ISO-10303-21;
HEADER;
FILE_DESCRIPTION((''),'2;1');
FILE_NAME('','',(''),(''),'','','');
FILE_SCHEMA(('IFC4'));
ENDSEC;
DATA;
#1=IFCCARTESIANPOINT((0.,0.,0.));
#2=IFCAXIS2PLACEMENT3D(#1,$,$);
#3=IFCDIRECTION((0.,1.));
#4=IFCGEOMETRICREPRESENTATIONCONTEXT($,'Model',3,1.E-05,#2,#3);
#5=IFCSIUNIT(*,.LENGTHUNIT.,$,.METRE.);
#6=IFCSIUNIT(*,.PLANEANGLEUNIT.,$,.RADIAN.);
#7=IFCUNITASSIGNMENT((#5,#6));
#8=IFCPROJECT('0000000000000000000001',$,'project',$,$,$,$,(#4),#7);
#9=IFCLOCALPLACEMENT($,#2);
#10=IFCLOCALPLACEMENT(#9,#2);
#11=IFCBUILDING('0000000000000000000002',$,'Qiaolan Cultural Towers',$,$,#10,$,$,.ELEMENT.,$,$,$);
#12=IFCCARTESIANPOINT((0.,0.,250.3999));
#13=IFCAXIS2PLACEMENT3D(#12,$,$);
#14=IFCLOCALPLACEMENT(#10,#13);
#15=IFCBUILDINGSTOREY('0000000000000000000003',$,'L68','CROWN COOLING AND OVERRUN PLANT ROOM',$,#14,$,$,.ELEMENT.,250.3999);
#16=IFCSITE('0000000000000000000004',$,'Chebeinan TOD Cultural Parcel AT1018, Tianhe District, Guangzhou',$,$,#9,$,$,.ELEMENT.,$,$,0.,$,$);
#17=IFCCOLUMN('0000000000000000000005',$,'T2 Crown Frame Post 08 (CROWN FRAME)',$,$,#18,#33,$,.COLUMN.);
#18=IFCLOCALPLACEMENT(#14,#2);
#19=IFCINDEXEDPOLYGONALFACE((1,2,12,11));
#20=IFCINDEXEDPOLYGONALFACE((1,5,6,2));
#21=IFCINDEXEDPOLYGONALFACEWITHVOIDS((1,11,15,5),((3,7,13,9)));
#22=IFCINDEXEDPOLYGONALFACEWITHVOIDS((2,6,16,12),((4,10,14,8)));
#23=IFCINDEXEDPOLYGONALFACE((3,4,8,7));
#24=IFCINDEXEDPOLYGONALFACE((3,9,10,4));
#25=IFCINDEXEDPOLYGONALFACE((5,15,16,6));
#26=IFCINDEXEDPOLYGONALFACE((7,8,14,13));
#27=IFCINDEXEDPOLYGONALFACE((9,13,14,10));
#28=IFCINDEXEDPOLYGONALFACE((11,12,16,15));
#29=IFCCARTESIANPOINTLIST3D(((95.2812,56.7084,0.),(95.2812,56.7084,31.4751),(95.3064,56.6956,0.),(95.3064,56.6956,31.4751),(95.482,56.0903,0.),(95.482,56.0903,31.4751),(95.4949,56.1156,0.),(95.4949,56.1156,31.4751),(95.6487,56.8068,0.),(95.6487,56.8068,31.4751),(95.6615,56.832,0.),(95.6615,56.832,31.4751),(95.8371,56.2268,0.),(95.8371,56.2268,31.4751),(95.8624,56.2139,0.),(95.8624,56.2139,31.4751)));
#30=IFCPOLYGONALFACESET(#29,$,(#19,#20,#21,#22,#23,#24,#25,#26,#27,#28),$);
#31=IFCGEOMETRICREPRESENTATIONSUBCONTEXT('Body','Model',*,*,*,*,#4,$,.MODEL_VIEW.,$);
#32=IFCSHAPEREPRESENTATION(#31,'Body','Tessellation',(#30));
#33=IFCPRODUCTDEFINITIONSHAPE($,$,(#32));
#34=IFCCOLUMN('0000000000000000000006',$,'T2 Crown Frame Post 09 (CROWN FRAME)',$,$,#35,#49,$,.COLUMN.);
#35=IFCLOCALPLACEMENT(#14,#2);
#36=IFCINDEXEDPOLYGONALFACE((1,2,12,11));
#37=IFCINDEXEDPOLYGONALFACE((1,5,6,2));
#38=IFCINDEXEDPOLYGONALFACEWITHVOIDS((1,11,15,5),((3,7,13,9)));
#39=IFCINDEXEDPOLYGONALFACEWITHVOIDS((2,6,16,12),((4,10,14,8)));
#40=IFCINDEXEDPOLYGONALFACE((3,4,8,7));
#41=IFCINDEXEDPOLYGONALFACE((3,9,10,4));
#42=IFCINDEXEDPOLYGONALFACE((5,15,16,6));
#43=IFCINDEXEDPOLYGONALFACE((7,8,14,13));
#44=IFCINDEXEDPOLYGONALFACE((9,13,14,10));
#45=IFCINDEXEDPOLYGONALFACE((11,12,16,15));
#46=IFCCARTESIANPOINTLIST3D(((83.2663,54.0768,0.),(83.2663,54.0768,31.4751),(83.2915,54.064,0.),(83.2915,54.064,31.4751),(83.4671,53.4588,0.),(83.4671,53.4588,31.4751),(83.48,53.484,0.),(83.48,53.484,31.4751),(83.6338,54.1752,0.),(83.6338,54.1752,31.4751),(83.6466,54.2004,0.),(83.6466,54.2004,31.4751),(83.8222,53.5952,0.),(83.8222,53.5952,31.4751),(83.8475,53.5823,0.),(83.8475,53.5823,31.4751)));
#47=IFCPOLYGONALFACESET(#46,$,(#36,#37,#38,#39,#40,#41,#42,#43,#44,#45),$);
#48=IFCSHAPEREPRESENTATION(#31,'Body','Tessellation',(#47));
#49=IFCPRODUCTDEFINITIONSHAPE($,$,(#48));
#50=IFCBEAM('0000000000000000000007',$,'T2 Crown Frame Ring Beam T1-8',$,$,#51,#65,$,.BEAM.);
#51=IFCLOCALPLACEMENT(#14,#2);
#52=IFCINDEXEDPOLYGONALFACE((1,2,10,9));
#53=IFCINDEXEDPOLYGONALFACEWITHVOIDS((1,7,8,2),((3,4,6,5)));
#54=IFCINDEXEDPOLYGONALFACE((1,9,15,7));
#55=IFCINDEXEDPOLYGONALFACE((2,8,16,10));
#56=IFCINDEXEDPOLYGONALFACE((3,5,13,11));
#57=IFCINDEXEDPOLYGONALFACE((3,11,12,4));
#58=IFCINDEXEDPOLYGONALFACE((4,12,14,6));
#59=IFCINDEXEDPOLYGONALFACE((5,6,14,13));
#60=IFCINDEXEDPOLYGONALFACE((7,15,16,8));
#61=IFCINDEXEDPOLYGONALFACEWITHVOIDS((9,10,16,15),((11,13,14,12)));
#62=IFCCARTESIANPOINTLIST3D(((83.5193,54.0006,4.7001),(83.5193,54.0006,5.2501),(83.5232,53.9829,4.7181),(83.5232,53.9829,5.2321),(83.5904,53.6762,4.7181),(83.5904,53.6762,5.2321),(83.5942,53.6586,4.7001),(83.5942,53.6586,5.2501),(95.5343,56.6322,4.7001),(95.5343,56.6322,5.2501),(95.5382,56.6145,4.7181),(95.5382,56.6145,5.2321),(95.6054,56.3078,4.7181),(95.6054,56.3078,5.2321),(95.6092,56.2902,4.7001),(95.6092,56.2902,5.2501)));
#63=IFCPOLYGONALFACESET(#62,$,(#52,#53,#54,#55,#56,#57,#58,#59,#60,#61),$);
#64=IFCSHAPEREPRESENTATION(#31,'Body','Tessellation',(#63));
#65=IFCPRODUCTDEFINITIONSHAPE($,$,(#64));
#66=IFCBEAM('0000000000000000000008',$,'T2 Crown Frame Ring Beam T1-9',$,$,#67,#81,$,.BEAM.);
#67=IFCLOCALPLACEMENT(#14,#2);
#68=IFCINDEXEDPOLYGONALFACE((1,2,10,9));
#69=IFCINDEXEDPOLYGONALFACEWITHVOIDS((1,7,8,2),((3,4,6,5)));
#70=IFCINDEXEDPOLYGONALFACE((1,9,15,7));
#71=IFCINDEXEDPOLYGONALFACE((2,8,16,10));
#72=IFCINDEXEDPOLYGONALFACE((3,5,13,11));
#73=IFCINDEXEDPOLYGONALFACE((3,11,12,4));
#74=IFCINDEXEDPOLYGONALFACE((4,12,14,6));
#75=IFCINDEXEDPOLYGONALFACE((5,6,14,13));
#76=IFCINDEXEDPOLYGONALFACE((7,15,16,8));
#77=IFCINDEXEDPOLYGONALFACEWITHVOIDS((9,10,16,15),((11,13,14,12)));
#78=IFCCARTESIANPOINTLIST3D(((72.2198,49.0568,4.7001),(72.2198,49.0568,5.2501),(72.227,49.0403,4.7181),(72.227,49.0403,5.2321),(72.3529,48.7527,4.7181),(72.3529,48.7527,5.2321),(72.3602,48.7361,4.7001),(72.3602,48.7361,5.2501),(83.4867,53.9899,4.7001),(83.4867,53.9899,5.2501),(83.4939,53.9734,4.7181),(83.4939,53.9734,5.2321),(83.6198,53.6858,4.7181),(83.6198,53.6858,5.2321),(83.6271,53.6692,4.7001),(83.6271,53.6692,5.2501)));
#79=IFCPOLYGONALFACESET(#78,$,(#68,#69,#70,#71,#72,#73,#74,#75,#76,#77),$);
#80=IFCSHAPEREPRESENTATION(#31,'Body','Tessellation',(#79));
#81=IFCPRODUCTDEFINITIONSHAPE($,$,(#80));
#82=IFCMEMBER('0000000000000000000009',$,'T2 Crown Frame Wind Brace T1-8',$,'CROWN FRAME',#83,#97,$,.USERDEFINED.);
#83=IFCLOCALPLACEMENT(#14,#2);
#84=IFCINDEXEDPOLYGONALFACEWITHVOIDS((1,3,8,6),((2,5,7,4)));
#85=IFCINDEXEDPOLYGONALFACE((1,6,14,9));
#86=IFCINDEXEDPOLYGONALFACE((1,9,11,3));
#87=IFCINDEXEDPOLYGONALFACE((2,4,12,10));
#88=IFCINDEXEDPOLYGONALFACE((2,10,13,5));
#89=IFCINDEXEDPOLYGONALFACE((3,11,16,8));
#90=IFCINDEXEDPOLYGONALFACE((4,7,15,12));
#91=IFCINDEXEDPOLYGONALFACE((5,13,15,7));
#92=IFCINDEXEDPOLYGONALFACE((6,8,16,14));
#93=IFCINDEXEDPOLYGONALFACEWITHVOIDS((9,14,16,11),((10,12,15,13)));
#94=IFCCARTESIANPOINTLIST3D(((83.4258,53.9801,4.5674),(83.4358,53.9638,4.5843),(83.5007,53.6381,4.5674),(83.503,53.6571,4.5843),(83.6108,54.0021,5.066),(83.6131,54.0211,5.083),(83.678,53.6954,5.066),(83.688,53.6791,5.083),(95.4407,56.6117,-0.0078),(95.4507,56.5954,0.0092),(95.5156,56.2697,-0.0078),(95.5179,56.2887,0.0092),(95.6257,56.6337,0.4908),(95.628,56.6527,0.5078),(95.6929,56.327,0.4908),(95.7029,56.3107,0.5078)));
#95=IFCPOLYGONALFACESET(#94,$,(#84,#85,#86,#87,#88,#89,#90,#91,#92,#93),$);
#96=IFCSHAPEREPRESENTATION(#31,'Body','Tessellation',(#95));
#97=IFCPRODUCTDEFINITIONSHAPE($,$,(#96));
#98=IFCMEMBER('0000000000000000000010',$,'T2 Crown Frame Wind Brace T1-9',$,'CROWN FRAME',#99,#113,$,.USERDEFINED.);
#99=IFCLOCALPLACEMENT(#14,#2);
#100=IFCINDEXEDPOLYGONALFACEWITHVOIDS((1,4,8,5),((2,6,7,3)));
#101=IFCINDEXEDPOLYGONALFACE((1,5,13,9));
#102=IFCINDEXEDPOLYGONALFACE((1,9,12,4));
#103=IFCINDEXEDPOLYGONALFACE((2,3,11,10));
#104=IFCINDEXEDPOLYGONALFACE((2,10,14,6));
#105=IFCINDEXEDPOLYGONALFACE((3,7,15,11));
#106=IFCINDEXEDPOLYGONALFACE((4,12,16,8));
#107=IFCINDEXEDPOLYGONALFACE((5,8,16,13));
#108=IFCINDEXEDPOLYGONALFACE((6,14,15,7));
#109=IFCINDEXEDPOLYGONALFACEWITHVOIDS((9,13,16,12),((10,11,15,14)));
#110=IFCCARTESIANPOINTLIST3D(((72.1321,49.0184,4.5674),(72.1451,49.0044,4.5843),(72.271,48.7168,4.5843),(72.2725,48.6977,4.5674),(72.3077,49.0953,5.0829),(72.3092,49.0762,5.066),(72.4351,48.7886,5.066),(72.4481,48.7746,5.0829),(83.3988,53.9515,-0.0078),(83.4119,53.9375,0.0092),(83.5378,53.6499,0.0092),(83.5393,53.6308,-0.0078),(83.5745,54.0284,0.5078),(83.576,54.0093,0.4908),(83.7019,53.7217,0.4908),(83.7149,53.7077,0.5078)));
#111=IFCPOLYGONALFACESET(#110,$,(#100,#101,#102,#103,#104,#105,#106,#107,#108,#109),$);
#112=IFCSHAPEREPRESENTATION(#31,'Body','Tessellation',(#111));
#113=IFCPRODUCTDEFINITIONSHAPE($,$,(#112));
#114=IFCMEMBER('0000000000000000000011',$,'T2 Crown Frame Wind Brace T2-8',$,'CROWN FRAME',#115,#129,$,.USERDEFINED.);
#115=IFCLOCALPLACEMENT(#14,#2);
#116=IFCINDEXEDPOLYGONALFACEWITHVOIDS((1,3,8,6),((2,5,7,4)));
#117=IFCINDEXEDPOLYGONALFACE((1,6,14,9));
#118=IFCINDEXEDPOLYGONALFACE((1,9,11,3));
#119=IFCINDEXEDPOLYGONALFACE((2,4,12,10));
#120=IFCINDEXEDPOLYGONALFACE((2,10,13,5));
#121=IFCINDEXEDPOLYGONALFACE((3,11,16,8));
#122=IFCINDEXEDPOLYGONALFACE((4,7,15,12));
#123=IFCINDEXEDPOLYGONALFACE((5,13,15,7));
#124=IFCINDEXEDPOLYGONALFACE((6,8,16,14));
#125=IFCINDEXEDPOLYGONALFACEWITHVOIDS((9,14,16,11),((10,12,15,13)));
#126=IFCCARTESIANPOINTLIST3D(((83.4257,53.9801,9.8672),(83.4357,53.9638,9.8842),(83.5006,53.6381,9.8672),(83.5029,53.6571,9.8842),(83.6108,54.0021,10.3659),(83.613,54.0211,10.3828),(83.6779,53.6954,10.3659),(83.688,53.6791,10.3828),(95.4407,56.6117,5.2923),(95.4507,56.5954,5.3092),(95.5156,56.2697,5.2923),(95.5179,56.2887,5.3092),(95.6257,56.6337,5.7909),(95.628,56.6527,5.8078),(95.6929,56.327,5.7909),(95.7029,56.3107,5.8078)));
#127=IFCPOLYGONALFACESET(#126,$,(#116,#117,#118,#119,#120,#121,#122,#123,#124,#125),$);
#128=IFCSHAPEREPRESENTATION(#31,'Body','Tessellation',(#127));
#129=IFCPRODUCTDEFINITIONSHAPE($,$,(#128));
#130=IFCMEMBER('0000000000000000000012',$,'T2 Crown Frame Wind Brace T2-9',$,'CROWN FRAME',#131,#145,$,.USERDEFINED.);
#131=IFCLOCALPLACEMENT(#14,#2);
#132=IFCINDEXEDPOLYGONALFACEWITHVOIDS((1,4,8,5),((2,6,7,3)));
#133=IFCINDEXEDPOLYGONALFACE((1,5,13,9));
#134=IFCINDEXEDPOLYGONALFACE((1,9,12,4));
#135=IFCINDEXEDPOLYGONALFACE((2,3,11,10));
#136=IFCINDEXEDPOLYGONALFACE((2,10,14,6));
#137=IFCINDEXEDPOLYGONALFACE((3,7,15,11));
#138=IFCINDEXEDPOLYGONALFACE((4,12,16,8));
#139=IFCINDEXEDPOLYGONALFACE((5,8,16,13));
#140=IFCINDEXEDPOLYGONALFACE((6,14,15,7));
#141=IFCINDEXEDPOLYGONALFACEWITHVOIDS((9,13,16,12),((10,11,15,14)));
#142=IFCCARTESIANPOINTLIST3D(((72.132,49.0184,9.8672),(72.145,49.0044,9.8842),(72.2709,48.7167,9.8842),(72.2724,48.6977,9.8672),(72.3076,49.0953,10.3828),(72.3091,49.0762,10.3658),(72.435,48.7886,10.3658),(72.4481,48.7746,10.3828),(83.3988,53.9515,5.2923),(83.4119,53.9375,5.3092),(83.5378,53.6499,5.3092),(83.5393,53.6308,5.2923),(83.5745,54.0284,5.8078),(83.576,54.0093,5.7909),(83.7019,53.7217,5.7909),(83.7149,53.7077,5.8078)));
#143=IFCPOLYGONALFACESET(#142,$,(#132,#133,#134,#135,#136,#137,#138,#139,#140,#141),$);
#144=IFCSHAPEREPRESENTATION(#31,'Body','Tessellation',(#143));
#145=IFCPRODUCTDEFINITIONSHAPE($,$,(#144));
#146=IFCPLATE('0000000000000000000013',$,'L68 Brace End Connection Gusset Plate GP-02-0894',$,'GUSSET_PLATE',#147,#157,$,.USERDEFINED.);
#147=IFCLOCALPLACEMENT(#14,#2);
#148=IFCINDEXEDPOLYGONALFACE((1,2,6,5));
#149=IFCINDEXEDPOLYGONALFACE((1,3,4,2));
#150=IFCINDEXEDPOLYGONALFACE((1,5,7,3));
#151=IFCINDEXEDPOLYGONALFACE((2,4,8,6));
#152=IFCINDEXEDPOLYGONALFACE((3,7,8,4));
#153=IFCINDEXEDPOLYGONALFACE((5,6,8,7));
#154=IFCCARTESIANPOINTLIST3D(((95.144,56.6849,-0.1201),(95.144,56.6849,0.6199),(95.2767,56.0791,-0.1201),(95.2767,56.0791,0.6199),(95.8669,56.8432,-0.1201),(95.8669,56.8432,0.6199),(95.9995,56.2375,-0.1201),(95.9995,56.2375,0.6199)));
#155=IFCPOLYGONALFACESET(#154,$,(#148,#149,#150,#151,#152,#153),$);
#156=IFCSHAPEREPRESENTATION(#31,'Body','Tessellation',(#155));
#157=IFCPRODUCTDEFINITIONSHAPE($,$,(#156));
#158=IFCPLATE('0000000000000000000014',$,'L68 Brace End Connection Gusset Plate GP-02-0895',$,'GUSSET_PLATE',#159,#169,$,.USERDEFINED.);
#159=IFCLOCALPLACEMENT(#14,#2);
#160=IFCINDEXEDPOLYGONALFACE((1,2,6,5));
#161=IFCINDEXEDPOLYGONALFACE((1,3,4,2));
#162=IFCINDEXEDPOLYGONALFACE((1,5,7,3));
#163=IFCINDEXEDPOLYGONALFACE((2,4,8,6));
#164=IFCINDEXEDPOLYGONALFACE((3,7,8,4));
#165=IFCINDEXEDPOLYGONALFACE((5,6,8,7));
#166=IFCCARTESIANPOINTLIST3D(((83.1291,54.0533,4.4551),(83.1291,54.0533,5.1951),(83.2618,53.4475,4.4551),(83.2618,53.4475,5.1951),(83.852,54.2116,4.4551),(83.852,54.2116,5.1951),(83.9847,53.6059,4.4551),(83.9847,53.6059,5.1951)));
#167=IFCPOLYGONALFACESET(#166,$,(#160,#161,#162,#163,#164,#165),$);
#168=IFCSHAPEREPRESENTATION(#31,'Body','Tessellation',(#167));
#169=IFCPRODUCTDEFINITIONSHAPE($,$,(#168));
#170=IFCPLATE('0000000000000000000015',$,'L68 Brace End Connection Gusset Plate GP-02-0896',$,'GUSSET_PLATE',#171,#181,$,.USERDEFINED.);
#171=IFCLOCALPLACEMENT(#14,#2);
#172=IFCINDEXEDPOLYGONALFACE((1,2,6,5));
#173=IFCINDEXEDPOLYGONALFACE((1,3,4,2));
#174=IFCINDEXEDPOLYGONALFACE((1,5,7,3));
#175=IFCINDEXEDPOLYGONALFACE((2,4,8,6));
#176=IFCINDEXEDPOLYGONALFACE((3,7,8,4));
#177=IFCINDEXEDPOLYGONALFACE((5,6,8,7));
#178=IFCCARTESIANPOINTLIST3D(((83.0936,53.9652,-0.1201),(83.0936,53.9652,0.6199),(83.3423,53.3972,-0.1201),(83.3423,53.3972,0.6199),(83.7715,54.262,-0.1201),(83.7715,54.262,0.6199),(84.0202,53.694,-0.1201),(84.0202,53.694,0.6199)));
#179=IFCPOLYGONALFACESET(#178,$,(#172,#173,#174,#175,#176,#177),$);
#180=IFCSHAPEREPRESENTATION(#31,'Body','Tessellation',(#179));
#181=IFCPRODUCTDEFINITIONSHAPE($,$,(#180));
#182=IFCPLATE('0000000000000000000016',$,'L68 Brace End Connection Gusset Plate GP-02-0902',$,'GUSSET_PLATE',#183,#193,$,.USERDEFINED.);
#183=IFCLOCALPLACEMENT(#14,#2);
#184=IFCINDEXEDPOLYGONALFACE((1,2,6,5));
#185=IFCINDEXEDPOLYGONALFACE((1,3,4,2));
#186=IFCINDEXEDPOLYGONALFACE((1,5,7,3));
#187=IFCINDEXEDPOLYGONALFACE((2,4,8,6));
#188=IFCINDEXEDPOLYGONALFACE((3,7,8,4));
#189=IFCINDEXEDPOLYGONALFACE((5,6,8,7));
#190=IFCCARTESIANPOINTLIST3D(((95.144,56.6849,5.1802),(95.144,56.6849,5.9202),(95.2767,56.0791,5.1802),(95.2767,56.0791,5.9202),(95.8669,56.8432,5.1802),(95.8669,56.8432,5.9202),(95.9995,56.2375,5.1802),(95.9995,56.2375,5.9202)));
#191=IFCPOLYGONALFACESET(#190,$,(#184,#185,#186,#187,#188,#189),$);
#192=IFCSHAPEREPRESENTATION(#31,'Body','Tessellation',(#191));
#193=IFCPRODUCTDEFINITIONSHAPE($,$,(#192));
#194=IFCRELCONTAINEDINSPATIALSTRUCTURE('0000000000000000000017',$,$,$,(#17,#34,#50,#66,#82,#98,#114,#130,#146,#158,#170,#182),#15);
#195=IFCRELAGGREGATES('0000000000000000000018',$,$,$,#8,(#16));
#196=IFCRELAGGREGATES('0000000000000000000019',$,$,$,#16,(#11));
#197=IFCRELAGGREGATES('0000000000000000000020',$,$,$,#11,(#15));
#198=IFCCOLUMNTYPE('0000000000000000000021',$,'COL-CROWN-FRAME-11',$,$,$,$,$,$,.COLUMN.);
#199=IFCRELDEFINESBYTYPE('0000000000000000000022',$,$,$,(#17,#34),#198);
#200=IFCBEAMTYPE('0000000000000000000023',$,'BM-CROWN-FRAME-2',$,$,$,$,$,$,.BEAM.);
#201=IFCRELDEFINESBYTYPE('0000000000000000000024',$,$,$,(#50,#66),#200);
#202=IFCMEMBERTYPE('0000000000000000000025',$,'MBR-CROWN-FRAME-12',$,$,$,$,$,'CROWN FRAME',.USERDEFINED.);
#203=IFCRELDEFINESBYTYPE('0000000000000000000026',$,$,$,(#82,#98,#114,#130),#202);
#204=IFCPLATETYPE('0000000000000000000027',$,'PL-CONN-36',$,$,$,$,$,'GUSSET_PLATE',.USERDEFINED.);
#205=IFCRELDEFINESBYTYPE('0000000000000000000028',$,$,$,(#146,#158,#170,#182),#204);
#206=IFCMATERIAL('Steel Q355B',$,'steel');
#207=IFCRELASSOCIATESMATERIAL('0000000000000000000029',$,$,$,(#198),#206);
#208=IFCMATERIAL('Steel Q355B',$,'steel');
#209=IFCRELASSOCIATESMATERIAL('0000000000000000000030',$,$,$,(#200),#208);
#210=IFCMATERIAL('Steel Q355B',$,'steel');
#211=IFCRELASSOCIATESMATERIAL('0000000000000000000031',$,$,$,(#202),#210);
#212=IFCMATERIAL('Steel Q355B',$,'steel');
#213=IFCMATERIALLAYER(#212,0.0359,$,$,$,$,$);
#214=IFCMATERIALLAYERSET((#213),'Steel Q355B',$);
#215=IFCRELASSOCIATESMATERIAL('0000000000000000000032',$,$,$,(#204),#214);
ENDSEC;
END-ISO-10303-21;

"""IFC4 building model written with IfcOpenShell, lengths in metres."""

from ifc_helpers import new_model, si_unit, direction, frame, origin, origin_2d, place, context, subcontext, project, spatial, rectangle, hollow_rectangle, extrude, material, layer, layer_set, material_profile, profile_set, type_object, element, save


model = new_model("IFC4")

# Units and contexts
model_context = context("Model", 3, precision=1e-05, world=origin(), true_north=direction((0.0, 1.0)))
body_context = subcontext(model_context, "Body", "Model", "MODEL_VIEW")
ifc_project = project(units=[si_unit("LENGTHUNIT", "METRE"), si_unit("PLANEANGLEUNIT", "RADIAN")], contexts=[model_context])

# Site, building, storey
site_placement = place(None, origin())
site = spatial("IfcSite", under=ifc_project, at=site_placement, Name="Chebeinan TOD Cultural Parcel AT1018, Tianhe District, Guangzhou", CompositionType="ELEMENT", RefElevation=0.0)
building_placement = place(site_placement, origin())
building = spatial("IfcBuilding", under=site, at=building_placement, Name="Qiaolan Cultural Towers", CompositionType="ELEMENT")
storey_placement = place(building_placement, frame((0.0, 0.0, 250.3999)))
storey = spatial("IfcBuildingStorey", under=building, at=storey_placement, Name="L68", Description="CROWN COOLING AND OVERRUN PLANT ROOM", CompositionType="ELEMENT", Elevation=250.3999)

# Columns
ifc_material_1 = material(Name="Steel Q355B", Category="steel")
ifc_material_profile_1 = material_profile(ifc_material_1, hollow_rectangle(XDim=0.3999, YDim=0.6499, WallThickness=0.02, at=origin_2d()), Name="BOX650x400x20")
ifc_profile_set_1 = profile_set([ifc_material_profile_1], Name="Steel Q355B")
column_type = type_object("IfcColumnType", Name="COL-CROWN-FRAME-11", PredefinedType="COLUMN", material=ifc_profile_set_1)
for number, where, z_axis, x_axis, name in (
    (1, (95.5718, 56.4612, 0.0), (0.0, 0.0, 1.0), (0.951057, 0.309017, 0.0), "T2 Crown Frame Post 08 (CROWN FRAME)"),
    (2, (83.5569, 53.8296, 0.0), (0.0, 0.0, 1.0), (0.951057, 0.309017, 0.0), "T2 Crown Frame Post 09 (CROWN FRAME)"),
):
    element("IfcColumn", number, at=place(storey_placement, frame(where, z_axis=z_axis, x_axis=x_axis)), inside=storey, type_object=column_type, Name=name, PredefinedType="COLUMN", context=body_context, shape_type="SweptSolid", body=[
        extrude(hollow_rectangle(XDim=0.3999, YDim=0.6499, WallThickness=0.02, at=origin_2d()), origin(), (0.0, 0.0, 1.0), 31.4751),
    ])

# Beams
ifc_material_2 = material(Name="Steel Q355B", Category="steel")
ifc_material_profile_2 = material_profile(ifc_material_2, hollow_rectangle(XDim=0.3501, YDim=0.55, WallThickness=0.0181, at=origin_2d()), Name="BOX550x350x18")
ifc_profile_set_2 = profile_set([ifc_material_profile_2], Name="Steel Q355B")
beam_type = type_object("IfcBeamType", Name="BM-CROWN-FRAME-2", PredefinedType="BEAM", material=ifc_profile_set_2)
beam_1_placement = place(storey_placement, frame((95.5718, 56.4612, 4.9751), z_axis=(-0.976843, -0.213956, 0.0), x_axis=(0.213956, -0.976843, 0.0)))
element("IfcBeam", 3, at=beam_1_placement, inside=storey, type_object=beam_type, Name="T2 Crown Frame Ring Beam T1-8", PredefinedType="BEAM", context=body_context, shape_type="SweptSolid", body=[
    extrude(hollow_rectangle(XDim=0.3501, YDim=0.55, WallThickness=0.0181, at=origin_2d()), origin(), (0.0, 0.0, 1.0), 12.2998),
])
beam_2_placement = place(storey_placement, frame((83.5569, 53.8296, 4.9751), z_axis=(-0.916042, -0.401082, 0.0), x_axis=(0.401082, -0.916042, 0.0)))
element("IfcBeam", 4, at=beam_2_placement, inside=storey, type_object=beam_type, Name="T2 Crown Frame Ring Beam T1-9", PredefinedType="BEAM", context=body_context, shape_type="SweptSolid", body=[
    extrude(hollow_rectangle(XDim=0.3501, YDim=0.55, WallThickness=0.0181, at=origin_2d()), origin(), (0.0, 0.0, 1.0), 12.2996),
])

# Members
ifc_material_3 = material(Name="Steel Q355B", Category="steel")
ifc_material_profile_3 = material_profile(ifc_material_3, hollow_rectangle(XDim=0.3501, YDim=0.55, WallThickness=0.0181, at=origin_2d()), Name="BOX550x350x18")
ifc_profile_set_3 = profile_set([ifc_material_profile_3], Name="Steel Q355B")
member_type = type_object("IfcMemberType", Name="MBR-CROWN-FRAME-12", ElementType="CROWN FRAME", PredefinedType="USERDEFINED", material=ifc_profile_set_3)
member_1_placement = place(storey_placement, frame((95.5718, 56.4612, 0.25), z_axis=(-0.915554, -0.200532, 0.348637), x_axis=(0.213956, -0.976843, 0.0)))
element("IfcMember", 5, at=member_1_placement, inside=storey, type_object=member_type, Name="T2 Crown Frame Wind Brace T1-8", ObjectType="CROWN FRAME", PredefinedType="USERDEFINED", context=body_context, shape_type="SweptSolid", body=[
    extrude(hollow_rectangle(XDim=0.3501, YDim=0.55, WallThickness=0.0181, at=origin_2d()), origin(), (0.0, 0.0, 1.0), 13.123),
])
member_2_placement = place(storey_placement, frame((83.5569, 53.8296, 0.25), z_axis=(-0.858566, -0.375917, 0.348643), x_axis=(0.401082, -0.916042, 0.0)))
element("IfcMember", 6, at=member_2_placement, inside=storey, type_object=member_type, Name="T2 Crown Frame Wind Brace T1-9", ObjectType="CROWN FRAME", PredefinedType="USERDEFINED", context=body_context, shape_type="SweptSolid", body=[
    extrude(hollow_rectangle(XDim=0.3501, YDim=0.55, WallThickness=0.0181, at=origin_2d()), origin(), (0.0, 0.0, 1.0), 13.1228),
])
member_3_placement = place(storey_placement, frame((95.5718, 56.4612, 5.55), z_axis=(-0.91556, -0.200533, 0.348621), x_axis=(0.213956, -0.976843, 0.0)))
element("IfcMember", 7, at=member_3_placement, inside=storey, type_object=member_type, Name="T2 Crown Frame Wind Brace T2-8", ObjectType="CROWN FRAME", PredefinedType="USERDEFINED", context=body_context, shape_type="SweptSolid", body=[
    extrude(hollow_rectangle(XDim=0.3501, YDim=0.55, WallThickness=0.0181, at=origin_2d()), origin(), (0.0, 0.0, 1.0), 13.123),
])
member_4_placement = place(storey_placement, frame((83.5569, 53.8296, 5.55), z_axis=(-0.858571, -0.375919, 0.348627), x_axis=(0.401082, -0.916042, 0.0)))
element("IfcMember", 8, at=member_4_placement, inside=storey, type_object=member_type, Name="T2 Crown Frame Wind Brace T2-9", ObjectType="CROWN FRAME", PredefinedType="USERDEFINED", context=body_context, shape_type="SweptSolid", body=[
    extrude(hollow_rectangle(XDim=0.3501, YDim=0.55, WallThickness=0.0181, at=origin_2d()), origin(), (0.0, 0.0, 1.0), 13.1228),
])

# Plates
ifc_material_4 = material(Name="Steel Q355B", Category="steel")
ifc_layer_1 = layer(ifc_material_4, 0.0359)
ifc_layer_set_1 = layer_set([ifc_layer_1], Name="Steel Q355B")
plate_type_1 = type_object("IfcPlateType", Name="PL-CONN-36", ElementType="GUSSET_PLATE", PredefinedType="USERDEFINED", material=ifc_layer_set_1)
for number, where, z_axis, x_axis, name in (
    (9, (95.5718, 56.4612, -0.1201), (0.0, 0.0, 1.0), (0.976843, 0.213956, 0.0), "L68 Brace End Connection Gusset Plate GP-02-0894"),
    (10, (83.5569, 53.8296, 4.4551), (0.0, 0.0, 1.0), (0.976843, 0.213956, 0.0), "L68 Brace End Connection Gusset Plate GP-02-0895"),
    (11, (83.5569, 53.8296, -0.1201), (0.0, 0.0, 1.0), (0.916043, 0.40108, 0.0), "L68 Brace End Connection Gusset Plate GP-02-0896"),
    (12, (95.5718, 56.4612, 5.1802), (0.0, 0.0, 1.0), (0.976843, 0.213956, 0.0), "L68 Brace End Connection Gusset Plate GP-02-0902"),
):
    element("IfcPlate", number, at=place(storey_placement, frame(where, z_axis=z_axis, x_axis=x_axis)), inside=storey, type_object=plate_type_1, Name=name, ObjectType="GUSSET_PLATE", PredefinedType="USERDEFINED", context=body_context, shape_type="SweptSolid", body=[
        extrude(rectangle(XDim=0.74, YDim=0.6201, at=origin_2d()), origin(), (0.0, 0.0, 1.0), 0.74),
    ])

save(model, "model.ifc")
